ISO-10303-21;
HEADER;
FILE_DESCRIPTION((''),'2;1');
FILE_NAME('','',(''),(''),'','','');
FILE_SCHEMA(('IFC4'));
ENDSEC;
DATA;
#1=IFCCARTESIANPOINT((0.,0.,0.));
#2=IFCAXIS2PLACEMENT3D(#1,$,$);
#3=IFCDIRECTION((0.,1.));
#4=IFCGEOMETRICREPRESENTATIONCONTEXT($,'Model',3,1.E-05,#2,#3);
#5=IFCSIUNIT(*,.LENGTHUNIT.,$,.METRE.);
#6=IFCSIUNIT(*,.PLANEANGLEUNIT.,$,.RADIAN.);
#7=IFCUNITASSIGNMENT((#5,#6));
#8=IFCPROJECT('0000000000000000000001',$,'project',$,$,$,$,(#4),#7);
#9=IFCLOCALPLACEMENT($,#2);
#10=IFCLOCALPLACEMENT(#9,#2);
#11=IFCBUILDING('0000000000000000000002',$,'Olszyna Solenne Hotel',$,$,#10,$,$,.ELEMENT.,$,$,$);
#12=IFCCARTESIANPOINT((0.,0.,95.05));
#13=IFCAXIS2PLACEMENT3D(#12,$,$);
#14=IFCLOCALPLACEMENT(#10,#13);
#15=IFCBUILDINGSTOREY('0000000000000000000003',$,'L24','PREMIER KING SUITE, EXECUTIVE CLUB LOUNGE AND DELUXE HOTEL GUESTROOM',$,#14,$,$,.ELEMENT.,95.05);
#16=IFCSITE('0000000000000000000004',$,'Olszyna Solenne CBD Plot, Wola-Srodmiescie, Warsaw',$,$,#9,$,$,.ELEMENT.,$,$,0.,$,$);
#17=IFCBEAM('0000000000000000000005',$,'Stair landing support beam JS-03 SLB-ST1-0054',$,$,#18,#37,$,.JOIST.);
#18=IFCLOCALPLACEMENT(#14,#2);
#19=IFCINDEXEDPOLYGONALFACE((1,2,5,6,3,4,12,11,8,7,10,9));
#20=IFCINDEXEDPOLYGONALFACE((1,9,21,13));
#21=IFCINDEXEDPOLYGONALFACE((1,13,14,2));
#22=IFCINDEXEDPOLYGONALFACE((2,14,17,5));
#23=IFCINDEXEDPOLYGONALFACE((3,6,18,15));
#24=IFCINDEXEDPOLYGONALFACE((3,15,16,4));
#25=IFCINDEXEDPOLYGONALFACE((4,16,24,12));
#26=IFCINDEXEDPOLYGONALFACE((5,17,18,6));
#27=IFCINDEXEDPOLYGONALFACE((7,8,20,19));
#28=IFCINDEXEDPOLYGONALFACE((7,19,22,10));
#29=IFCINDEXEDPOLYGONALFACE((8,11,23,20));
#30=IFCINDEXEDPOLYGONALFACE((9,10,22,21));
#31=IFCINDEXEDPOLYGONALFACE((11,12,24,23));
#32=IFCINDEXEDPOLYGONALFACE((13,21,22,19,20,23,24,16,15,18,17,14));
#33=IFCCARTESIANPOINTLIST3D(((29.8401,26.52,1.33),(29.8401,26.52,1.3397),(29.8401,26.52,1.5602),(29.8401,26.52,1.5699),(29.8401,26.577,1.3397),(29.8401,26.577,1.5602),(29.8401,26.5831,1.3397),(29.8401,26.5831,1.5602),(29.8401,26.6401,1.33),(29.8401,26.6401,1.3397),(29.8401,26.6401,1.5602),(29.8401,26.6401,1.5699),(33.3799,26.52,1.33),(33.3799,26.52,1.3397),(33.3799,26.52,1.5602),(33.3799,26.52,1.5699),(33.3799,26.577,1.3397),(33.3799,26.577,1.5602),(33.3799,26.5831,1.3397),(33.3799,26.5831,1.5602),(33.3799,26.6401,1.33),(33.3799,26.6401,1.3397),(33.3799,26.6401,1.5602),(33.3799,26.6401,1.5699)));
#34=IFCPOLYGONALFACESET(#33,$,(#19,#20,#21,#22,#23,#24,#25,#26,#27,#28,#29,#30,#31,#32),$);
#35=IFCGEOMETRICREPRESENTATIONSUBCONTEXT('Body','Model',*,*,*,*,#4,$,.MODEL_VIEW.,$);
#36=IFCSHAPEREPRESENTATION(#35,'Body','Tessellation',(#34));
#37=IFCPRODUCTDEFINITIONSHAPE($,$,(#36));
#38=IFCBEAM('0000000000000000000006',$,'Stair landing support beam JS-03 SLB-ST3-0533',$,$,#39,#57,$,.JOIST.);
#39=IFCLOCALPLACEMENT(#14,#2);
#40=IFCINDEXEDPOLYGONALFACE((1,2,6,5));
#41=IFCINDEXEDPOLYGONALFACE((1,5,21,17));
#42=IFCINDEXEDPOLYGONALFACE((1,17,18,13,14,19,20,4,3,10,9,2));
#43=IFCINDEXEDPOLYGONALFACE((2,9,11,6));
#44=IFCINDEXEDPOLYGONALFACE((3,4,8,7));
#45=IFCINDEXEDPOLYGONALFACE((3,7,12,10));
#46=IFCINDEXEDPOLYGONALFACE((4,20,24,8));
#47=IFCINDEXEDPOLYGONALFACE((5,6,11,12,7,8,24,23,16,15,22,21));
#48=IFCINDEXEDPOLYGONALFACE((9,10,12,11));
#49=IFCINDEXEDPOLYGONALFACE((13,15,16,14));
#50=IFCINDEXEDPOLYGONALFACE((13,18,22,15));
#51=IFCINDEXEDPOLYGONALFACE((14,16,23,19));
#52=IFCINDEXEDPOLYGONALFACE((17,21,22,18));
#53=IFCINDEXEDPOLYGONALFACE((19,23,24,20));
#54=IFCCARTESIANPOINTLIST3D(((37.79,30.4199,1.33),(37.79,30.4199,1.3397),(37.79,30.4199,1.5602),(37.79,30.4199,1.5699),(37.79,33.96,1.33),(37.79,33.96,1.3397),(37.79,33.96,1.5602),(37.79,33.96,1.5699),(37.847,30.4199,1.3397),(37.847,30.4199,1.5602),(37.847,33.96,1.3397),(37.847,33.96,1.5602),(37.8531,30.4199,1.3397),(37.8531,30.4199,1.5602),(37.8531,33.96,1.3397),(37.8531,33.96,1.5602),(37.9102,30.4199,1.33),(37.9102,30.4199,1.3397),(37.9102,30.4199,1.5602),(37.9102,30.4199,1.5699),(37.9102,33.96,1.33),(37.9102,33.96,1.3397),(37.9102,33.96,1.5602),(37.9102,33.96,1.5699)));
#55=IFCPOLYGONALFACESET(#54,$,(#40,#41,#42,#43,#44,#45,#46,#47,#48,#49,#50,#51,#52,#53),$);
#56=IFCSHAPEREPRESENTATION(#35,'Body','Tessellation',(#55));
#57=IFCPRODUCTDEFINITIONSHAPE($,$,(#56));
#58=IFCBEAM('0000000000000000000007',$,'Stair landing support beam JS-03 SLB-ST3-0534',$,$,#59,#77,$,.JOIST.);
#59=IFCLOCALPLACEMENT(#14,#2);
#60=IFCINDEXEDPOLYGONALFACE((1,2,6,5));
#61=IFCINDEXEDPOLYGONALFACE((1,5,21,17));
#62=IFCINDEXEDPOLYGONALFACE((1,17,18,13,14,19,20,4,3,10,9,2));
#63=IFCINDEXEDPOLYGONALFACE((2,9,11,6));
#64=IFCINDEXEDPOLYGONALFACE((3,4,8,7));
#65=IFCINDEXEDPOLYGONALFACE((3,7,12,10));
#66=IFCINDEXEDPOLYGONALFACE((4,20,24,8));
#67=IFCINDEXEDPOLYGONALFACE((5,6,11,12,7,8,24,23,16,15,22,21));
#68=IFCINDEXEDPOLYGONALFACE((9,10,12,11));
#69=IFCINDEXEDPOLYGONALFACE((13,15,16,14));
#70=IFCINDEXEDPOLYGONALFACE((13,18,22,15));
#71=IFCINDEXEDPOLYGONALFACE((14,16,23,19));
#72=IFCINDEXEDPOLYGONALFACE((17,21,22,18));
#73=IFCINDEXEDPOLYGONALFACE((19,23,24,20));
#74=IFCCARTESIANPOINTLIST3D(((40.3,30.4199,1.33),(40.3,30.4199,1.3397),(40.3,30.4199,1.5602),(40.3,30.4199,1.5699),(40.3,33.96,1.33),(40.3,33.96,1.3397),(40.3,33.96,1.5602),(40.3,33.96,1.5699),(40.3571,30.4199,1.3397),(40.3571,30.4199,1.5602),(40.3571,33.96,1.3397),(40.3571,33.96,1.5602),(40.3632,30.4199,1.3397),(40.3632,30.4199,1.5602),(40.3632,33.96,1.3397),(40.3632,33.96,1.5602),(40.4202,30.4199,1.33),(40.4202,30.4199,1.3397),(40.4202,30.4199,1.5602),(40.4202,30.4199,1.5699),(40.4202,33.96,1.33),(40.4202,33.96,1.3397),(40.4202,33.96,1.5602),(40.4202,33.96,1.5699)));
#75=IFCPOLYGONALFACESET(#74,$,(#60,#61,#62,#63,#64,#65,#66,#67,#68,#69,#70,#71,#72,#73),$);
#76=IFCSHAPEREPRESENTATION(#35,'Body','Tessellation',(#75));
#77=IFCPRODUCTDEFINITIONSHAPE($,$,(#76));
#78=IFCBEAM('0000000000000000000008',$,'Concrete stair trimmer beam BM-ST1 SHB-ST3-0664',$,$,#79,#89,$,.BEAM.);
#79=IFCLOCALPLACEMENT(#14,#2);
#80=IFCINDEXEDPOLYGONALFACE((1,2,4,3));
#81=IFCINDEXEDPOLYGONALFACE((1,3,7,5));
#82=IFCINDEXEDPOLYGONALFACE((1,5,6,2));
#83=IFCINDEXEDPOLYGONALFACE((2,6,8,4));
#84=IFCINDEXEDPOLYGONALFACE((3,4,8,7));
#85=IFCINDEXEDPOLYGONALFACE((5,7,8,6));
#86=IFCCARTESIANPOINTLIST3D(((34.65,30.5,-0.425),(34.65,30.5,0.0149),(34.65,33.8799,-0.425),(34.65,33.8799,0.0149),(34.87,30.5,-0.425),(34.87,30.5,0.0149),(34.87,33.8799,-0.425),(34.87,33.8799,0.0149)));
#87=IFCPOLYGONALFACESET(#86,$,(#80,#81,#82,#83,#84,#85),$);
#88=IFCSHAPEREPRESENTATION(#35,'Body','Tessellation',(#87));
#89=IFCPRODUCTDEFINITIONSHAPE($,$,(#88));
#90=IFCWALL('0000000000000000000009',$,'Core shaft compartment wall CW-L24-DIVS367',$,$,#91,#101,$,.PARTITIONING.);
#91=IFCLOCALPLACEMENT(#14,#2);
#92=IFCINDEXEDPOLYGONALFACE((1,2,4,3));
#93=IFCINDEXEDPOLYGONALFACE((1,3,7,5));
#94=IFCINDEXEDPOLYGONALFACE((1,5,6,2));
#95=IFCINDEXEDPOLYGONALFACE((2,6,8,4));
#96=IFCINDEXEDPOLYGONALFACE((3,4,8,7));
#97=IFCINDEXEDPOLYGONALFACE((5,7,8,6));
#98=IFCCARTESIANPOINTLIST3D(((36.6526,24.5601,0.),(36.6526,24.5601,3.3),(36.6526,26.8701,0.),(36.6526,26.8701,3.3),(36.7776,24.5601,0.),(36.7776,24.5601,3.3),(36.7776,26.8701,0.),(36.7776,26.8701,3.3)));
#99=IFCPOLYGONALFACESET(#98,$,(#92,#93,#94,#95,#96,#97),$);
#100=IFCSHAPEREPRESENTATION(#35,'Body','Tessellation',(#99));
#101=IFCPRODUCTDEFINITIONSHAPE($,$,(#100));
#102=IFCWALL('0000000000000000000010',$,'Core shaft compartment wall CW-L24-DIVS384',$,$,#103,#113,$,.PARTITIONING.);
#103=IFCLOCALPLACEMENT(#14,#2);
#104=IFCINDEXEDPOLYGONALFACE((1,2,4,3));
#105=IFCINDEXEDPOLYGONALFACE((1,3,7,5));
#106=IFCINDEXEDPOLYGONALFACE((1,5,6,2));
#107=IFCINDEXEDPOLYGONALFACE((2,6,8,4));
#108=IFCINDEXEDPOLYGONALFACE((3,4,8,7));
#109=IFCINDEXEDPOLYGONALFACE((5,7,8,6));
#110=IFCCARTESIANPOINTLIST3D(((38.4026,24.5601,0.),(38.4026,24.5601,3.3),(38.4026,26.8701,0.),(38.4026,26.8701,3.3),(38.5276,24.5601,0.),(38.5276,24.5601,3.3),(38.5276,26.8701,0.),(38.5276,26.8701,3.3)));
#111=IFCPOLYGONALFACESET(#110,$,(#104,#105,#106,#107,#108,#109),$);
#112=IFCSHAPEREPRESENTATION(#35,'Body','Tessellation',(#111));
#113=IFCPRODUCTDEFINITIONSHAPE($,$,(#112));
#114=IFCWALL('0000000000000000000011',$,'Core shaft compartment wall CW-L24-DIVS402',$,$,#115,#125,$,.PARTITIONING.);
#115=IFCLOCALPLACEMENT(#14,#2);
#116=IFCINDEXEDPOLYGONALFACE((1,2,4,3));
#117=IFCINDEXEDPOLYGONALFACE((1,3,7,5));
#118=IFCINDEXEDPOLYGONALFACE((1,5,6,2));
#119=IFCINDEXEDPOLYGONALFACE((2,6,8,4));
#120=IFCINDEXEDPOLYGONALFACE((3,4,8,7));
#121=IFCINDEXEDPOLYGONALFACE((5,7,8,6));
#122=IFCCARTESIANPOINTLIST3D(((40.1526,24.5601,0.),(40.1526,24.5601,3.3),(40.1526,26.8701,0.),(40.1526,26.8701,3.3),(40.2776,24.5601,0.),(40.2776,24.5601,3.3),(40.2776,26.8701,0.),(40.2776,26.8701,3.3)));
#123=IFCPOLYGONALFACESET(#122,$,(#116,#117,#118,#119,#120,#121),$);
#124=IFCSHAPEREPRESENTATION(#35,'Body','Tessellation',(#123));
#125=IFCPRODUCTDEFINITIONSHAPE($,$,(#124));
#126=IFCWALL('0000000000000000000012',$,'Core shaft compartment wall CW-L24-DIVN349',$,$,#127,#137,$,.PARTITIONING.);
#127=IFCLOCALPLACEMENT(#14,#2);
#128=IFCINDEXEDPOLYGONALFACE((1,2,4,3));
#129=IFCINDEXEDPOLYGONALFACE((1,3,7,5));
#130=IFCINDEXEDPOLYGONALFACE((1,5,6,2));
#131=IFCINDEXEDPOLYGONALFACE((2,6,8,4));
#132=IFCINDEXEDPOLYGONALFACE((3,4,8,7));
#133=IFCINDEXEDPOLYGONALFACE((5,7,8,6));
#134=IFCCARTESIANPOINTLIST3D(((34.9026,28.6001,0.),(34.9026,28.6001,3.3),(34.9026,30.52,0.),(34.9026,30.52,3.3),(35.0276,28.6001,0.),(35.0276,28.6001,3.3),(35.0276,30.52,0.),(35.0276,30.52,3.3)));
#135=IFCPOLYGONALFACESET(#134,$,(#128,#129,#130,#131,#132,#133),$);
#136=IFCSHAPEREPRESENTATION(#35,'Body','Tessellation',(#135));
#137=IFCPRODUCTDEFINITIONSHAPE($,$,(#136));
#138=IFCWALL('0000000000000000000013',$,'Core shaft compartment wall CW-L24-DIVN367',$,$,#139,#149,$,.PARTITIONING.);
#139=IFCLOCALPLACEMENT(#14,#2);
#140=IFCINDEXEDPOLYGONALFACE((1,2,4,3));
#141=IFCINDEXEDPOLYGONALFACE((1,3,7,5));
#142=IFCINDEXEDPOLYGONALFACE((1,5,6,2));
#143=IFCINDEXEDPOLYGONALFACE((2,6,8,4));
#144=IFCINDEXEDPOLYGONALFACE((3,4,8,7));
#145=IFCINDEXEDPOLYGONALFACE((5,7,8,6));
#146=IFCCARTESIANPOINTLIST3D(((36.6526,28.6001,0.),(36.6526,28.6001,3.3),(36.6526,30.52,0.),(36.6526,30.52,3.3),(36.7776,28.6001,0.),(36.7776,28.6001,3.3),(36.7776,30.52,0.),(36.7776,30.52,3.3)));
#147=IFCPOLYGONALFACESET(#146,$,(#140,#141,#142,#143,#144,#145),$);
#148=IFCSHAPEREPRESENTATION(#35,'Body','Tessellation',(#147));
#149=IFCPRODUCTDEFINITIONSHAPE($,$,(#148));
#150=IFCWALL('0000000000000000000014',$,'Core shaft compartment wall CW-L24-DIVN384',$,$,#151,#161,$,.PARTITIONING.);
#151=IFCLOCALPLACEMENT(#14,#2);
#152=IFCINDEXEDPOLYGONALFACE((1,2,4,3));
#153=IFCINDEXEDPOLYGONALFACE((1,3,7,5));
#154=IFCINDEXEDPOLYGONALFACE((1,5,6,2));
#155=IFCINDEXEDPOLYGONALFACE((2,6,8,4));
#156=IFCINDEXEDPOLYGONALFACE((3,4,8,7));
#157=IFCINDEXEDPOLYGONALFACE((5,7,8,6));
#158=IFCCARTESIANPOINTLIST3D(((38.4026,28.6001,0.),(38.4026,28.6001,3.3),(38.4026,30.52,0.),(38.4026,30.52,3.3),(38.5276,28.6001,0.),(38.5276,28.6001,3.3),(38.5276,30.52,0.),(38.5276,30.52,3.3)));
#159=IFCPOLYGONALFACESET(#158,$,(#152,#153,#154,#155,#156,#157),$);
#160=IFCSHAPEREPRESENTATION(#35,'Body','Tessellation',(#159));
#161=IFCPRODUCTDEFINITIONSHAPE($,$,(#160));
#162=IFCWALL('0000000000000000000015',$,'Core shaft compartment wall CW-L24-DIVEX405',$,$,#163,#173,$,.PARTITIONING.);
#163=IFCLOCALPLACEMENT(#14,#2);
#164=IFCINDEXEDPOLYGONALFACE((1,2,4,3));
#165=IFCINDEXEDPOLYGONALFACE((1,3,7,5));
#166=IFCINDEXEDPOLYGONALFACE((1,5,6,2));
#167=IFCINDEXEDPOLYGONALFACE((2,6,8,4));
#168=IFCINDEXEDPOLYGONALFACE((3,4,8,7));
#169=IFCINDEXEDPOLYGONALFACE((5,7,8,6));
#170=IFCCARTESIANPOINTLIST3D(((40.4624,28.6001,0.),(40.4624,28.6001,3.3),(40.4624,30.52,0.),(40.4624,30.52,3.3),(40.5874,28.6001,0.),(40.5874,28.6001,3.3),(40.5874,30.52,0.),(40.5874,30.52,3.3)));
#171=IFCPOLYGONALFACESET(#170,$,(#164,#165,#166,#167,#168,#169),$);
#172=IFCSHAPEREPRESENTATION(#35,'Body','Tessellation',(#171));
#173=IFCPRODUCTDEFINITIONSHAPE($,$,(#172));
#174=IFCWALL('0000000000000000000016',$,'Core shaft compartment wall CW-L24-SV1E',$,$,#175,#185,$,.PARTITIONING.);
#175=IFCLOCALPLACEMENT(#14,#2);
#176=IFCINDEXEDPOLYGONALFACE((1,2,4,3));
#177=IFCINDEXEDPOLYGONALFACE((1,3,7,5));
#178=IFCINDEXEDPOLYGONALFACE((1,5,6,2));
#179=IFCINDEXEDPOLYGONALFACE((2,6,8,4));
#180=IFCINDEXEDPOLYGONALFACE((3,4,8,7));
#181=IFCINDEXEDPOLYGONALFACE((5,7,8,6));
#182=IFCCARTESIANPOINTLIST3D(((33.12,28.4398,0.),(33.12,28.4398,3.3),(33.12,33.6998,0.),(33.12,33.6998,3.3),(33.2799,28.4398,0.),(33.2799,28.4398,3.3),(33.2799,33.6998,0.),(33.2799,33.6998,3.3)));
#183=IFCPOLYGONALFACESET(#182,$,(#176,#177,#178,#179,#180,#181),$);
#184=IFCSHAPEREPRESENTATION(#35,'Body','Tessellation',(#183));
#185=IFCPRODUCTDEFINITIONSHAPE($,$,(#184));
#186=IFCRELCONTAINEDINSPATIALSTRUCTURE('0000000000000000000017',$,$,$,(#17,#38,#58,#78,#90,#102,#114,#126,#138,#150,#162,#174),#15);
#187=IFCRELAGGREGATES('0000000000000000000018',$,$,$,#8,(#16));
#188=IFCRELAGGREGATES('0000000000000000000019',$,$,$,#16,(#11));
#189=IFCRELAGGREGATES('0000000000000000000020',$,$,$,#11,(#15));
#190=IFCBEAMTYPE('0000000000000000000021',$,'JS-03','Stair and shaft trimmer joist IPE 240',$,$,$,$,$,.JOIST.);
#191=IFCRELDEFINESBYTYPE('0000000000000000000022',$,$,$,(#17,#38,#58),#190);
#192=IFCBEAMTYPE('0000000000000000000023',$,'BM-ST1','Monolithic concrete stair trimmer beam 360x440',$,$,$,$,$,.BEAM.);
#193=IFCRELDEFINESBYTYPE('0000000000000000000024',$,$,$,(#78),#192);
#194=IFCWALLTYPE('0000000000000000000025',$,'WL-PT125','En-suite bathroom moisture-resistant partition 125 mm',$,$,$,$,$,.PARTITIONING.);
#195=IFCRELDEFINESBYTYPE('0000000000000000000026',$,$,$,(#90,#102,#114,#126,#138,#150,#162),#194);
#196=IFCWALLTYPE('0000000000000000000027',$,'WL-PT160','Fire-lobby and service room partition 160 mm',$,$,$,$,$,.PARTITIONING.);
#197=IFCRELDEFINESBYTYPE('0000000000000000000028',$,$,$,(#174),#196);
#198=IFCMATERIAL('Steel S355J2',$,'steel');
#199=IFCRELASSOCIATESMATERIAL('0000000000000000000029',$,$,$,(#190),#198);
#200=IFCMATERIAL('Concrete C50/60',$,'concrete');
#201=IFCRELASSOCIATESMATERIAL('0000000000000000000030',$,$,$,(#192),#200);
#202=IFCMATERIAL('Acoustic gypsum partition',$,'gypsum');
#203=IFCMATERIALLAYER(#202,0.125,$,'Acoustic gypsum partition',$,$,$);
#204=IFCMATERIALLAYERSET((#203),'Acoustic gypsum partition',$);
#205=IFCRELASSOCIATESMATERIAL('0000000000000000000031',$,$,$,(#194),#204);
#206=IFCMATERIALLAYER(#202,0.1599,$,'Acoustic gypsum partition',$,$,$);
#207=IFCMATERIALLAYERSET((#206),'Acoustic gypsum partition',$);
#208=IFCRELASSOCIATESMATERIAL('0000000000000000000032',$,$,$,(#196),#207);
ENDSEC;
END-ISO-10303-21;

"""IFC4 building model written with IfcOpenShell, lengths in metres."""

from ifc_helpers import new_model, si_unit, direction, frame, frame_2d, origin, origin_2d, place, context, subcontext, project, spatial, rectangle, i_section, extrude, source, transform, mapped, material, layer, layer_set, material_profile, profile_set, type_object, element, save


model = new_model("IFC4")

# Units and contexts
model_context = context("Model", 3, precision=1e-05, world=origin(), true_north=direction((0.0, 1.0)))
body_context = subcontext(model_context, "Body", "Model", "MODEL_VIEW")
ifc_project = project(units=[si_unit("LENGTHUNIT", "METRE"), si_unit("PLANEANGLEUNIT", "RADIAN")], contexts=[model_context])

# Site, building, storey
site_placement = place(None, origin())
site = spatial("IfcSite", under=ifc_project, at=site_placement, Name="Olszyna Solenne CBD Plot, Wola-Srodmiescie, Warsaw", CompositionType="ELEMENT", RefElevation=0.0)
building_placement = place(site_placement, origin())
building = spatial("IfcBuilding", under=site, at=building_placement, Name="Olszyna Solenne Hotel", CompositionType="ELEMENT")
storey_placement = place(building_placement, frame((0.0, 0.0, 95.05)))
storey = spatial("IfcBuildingStorey", under=building, at=storey_placement, Name="L24", Description="PREMIER KING SUITE, EXECUTIVE CLUB LOUNGE AND DELUXE HOTEL GUESTROOM", CompositionType="ELEMENT", Elevation=95.05)

# Beams
ifc_material_1 = material(Name="Steel S355J2", Category="steel")
ifc_material_profile_1 = material_profile(ifc_material_1, i_section(OverallWidth=0.1201, OverallDepth=0.24, WebThickness=0.0061, FlangeThickness=0.0098, at=origin_2d()), Name="IPE 240", Category="load-bearing")
ifc_profile_set_1 = profile_set([ifc_material_profile_1], Name="Steel S355J2")
beam_type_1 = type_object("IfcBeamType", Name="JS-03", Description="Stair and shaft trimmer joist IPE 240", PredefinedType="JOIST", material=ifc_profile_set_1)
shared_shape_1 = source(origin(), body_context, "Body", "SweptSolid", [
    extrude(i_section(OverallWidth=0.1201, OverallDepth=0.24, WebThickness=0.0061, FlangeThickness=0.0098, at=origin_2d()), origin(), (0.0, 0.0, 1.0), 3.5398),
])
beam_1_placement = place(storey_placement, frame((33.3799, 26.5801, 1.45), z_axis=(-1.0, 0.0, 0.0), x_axis=(0.0, -1.0, 0.0)))
element("IfcBeam", 1, at=beam_1_placement, inside=storey, type_object=beam_type_1, Name="Stair landing support beam JS-03 SLB-ST1-0054", PredefinedType="JOIST", context=body_context, shape_type="MappedRepresentation", body=[
    mapped(shared_shape_1, transform((0.0, 0.0, 0.0), x_axis=(1.0, 0.0, 0.0), y_axis=(0.0, 1.0, 0.0), z_axis=(0.0, 0.0, 1.0), scale=1.0)),
])
shared_shape_2 = source(origin(), body_context, "Body", "SweptSolid", [
    extrude(i_section(OverallWidth=0.1201, OverallDepth=0.24, WebThickness=0.0061, FlangeThickness=0.0098, at=origin_2d()), origin(), (0.0, 0.0, 1.0), 3.54),
])
for number, where, z_axis, x_axis, name in (
    (2, (37.8501, 30.4199, 1.45), (0.0, 1.0, 0.0), (-1.0, 0.0, 0.0), "Stair landing support beam JS-03 SLB-ST3-0533"),
    (3, (40.3601, 30.4199, 1.45), (0.0, 1.0, 0.0), (-1.0, 0.0, 0.0), "Stair landing support beam JS-03 SLB-ST3-0534"),
):
    element("IfcBeam", number, at=place(storey_placement, frame(where, z_axis=z_axis, x_axis=x_axis)), inside=storey, type_object=beam_type_1, Name=name, PredefinedType="JOIST", context=body_context, shape_type="MappedRepresentation", body=[
        mapped(shared_shape_2, transform((0.0, 0.0, 0.0), x_axis=(1.0, 0.0, 0.0), y_axis=(0.0, 1.0, 0.0), z_axis=(0.0, 0.0, 1.0), scale=1.0)),
    ])
ifc_material_2 = material(Name="Concrete C50/60", Category="concrete")
ifc_material_profile_2 = material_profile(ifc_material_2, rectangle(XDim=0.22, YDim=0.4399, at=origin_2d()), Name="RC 220x440", Category="load-bearing")
ifc_profile_set_2 = profile_set([ifc_material_profile_2], Name="Concrete C50/60")
beam_type_2 = type_object("IfcBeamType", Name="BM-ST1", Description="Monolithic concrete stair trimmer beam 360x440", PredefinedType="BEAM", material=ifc_profile_set_2)
shared_shape_3 = source(origin(), body_context, "Body", "SweptSolid", [
    extrude(rectangle(XDim=0.22, YDim=0.4399, at=origin_2d()), origin(), (0.0, 0.0, 1.0), 3.3799),
])
beam_2_placement = place(storey_placement, frame((34.76, 30.5, -0.2051), z_axis=(0.0, 1.0, 0.0), x_axis=(-1.0, 0.0, 0.0)))
element("IfcBeam", 4, at=beam_2_placement, inside=storey, type_object=beam_type_2, Name="Concrete stair trimmer beam BM-ST1 SHB-ST3-0664", PredefinedType="BEAM", context=body_context, shape_type="MappedRepresentation", body=[
    mapped(shared_shape_3, transform((0.0, 0.0, 0.0), x_axis=(1.0, 0.0, 0.0), y_axis=(0.0, 1.0, 0.0), z_axis=(0.0, 0.0, 1.0), scale=1.0)),
])

# Walls
ifc_material_3 = material(Name="Acoustic gypsum partition", Category="gypsum")
ifc_layer_1 = layer(ifc_material_3, 0.125, Name="Acoustic gypsum partition")
ifc_layer_set_1 = layer_set([ifc_layer_1], Name="Acoustic gypsum partition")
wall_type_1 = type_object("IfcWallType", Name="WL-PT125", Description="En-suite bathroom moisture-resistant partition 125 mm", PredefinedType="PARTITIONING", material=ifc_layer_set_1)
for number, where, z_axis, x_axis, name in (
    (5, (36.7151, 24.5601, 0.0), (0.0, 0.0, 1.0), (0.0, 1.0, 0.0), "Core shaft compartment wall CW-L24-DIVS367"),
    (6, (38.4651, 24.5601, 0.0), (0.0, 0.0, 1.0), (0.0, 1.0, 0.0), "Core shaft compartment wall CW-L24-DIVS384"),
    (7, (40.2151, 24.5601, 0.0), (0.0, 0.0, 1.0), (0.0, 1.0, 0.0), "Core shaft compartment wall CW-L24-DIVS402"),
):
    element("IfcWall", number, at=place(storey_placement, frame(where, z_axis=z_axis, x_axis=x_axis)), inside=storey, type_object=wall_type_1, Name=name, PredefinedType="PARTITIONING", context=body_context, shape_type="SweptSolid", body=[
        extrude(rectangle(XDim=2.3101, YDim=0.125, at=frame_2d((1.155, 0.0))), origin(), (0.0, 0.0, 1.0), 3.3),
    ])
for number, where, z_axis, x_axis, name in (
    (8, (34.9651, 28.6001, 0.0), (0.0, 0.0, 1.0), (0.0, 1.0, 0.0), "Core shaft compartment wall CW-L24-DIVN349"),
    (9, (36.7151, 28.6001, 0.0), (0.0, 0.0, 1.0), (0.0, 1.0, 0.0), "Core shaft compartment wall CW-L24-DIVN367"),
    (10, (38.4651, 28.6001, 0.0), (0.0, 0.0, 1.0), (0.0, 1.0, 0.0), "Core shaft compartment wall CW-L24-DIVN384"),
    (11, (40.5249, 28.6001, 0.0), (0.0, 0.0, 1.0), (0.0, 1.0, 0.0), "Core shaft compartment wall CW-L24-DIVEX405"),
):
    element("IfcWall", number, at=place(storey_placement, frame(where, z_axis=z_axis, x_axis=x_axis)), inside=storey, type_object=wall_type_1, Name=name, PredefinedType="PARTITIONING", context=body_context, shape_type="SweptSolid", body=[
        extrude(rectangle(XDim=1.9199, YDim=0.125, at=frame_2d((0.96, 0.0))), origin(), (0.0, 0.0, 1.0), 3.3),
    ])
ifc_layer_2 = layer(ifc_material_3, 0.1599, Name="Acoustic gypsum partition")
ifc_layer_set_2 = layer_set([ifc_layer_2], Name="Acoustic gypsum partition")
wall_type_2 = type_object("IfcWallType", Name="WL-PT160", Description="Fire-lobby and service room partition 160 mm", PredefinedType="PARTITIONING", material=ifc_layer_set_2)
wall_1_placement = place(storey_placement, frame((33.2, 28.4399, 0.0), z_axis=(0.0, 0.0, 1.0), x_axis=(0.0, 1.0, 0.0)))
element("IfcWall", 12, at=wall_1_placement, inside=storey, type_object=wall_type_2, Name="Core shaft compartment wall CW-L24-SV1E", PredefinedType="PARTITIONING", context=body_context, shape_type="SweptSolid", body=[
    extrude(rectangle(XDim=5.26, YDim=0.1599, at=frame_2d((2.6299, 0.0))), origin(), (0.0, 0.0, 1.0), 3.3),
])

save(model, "model.ifc")
